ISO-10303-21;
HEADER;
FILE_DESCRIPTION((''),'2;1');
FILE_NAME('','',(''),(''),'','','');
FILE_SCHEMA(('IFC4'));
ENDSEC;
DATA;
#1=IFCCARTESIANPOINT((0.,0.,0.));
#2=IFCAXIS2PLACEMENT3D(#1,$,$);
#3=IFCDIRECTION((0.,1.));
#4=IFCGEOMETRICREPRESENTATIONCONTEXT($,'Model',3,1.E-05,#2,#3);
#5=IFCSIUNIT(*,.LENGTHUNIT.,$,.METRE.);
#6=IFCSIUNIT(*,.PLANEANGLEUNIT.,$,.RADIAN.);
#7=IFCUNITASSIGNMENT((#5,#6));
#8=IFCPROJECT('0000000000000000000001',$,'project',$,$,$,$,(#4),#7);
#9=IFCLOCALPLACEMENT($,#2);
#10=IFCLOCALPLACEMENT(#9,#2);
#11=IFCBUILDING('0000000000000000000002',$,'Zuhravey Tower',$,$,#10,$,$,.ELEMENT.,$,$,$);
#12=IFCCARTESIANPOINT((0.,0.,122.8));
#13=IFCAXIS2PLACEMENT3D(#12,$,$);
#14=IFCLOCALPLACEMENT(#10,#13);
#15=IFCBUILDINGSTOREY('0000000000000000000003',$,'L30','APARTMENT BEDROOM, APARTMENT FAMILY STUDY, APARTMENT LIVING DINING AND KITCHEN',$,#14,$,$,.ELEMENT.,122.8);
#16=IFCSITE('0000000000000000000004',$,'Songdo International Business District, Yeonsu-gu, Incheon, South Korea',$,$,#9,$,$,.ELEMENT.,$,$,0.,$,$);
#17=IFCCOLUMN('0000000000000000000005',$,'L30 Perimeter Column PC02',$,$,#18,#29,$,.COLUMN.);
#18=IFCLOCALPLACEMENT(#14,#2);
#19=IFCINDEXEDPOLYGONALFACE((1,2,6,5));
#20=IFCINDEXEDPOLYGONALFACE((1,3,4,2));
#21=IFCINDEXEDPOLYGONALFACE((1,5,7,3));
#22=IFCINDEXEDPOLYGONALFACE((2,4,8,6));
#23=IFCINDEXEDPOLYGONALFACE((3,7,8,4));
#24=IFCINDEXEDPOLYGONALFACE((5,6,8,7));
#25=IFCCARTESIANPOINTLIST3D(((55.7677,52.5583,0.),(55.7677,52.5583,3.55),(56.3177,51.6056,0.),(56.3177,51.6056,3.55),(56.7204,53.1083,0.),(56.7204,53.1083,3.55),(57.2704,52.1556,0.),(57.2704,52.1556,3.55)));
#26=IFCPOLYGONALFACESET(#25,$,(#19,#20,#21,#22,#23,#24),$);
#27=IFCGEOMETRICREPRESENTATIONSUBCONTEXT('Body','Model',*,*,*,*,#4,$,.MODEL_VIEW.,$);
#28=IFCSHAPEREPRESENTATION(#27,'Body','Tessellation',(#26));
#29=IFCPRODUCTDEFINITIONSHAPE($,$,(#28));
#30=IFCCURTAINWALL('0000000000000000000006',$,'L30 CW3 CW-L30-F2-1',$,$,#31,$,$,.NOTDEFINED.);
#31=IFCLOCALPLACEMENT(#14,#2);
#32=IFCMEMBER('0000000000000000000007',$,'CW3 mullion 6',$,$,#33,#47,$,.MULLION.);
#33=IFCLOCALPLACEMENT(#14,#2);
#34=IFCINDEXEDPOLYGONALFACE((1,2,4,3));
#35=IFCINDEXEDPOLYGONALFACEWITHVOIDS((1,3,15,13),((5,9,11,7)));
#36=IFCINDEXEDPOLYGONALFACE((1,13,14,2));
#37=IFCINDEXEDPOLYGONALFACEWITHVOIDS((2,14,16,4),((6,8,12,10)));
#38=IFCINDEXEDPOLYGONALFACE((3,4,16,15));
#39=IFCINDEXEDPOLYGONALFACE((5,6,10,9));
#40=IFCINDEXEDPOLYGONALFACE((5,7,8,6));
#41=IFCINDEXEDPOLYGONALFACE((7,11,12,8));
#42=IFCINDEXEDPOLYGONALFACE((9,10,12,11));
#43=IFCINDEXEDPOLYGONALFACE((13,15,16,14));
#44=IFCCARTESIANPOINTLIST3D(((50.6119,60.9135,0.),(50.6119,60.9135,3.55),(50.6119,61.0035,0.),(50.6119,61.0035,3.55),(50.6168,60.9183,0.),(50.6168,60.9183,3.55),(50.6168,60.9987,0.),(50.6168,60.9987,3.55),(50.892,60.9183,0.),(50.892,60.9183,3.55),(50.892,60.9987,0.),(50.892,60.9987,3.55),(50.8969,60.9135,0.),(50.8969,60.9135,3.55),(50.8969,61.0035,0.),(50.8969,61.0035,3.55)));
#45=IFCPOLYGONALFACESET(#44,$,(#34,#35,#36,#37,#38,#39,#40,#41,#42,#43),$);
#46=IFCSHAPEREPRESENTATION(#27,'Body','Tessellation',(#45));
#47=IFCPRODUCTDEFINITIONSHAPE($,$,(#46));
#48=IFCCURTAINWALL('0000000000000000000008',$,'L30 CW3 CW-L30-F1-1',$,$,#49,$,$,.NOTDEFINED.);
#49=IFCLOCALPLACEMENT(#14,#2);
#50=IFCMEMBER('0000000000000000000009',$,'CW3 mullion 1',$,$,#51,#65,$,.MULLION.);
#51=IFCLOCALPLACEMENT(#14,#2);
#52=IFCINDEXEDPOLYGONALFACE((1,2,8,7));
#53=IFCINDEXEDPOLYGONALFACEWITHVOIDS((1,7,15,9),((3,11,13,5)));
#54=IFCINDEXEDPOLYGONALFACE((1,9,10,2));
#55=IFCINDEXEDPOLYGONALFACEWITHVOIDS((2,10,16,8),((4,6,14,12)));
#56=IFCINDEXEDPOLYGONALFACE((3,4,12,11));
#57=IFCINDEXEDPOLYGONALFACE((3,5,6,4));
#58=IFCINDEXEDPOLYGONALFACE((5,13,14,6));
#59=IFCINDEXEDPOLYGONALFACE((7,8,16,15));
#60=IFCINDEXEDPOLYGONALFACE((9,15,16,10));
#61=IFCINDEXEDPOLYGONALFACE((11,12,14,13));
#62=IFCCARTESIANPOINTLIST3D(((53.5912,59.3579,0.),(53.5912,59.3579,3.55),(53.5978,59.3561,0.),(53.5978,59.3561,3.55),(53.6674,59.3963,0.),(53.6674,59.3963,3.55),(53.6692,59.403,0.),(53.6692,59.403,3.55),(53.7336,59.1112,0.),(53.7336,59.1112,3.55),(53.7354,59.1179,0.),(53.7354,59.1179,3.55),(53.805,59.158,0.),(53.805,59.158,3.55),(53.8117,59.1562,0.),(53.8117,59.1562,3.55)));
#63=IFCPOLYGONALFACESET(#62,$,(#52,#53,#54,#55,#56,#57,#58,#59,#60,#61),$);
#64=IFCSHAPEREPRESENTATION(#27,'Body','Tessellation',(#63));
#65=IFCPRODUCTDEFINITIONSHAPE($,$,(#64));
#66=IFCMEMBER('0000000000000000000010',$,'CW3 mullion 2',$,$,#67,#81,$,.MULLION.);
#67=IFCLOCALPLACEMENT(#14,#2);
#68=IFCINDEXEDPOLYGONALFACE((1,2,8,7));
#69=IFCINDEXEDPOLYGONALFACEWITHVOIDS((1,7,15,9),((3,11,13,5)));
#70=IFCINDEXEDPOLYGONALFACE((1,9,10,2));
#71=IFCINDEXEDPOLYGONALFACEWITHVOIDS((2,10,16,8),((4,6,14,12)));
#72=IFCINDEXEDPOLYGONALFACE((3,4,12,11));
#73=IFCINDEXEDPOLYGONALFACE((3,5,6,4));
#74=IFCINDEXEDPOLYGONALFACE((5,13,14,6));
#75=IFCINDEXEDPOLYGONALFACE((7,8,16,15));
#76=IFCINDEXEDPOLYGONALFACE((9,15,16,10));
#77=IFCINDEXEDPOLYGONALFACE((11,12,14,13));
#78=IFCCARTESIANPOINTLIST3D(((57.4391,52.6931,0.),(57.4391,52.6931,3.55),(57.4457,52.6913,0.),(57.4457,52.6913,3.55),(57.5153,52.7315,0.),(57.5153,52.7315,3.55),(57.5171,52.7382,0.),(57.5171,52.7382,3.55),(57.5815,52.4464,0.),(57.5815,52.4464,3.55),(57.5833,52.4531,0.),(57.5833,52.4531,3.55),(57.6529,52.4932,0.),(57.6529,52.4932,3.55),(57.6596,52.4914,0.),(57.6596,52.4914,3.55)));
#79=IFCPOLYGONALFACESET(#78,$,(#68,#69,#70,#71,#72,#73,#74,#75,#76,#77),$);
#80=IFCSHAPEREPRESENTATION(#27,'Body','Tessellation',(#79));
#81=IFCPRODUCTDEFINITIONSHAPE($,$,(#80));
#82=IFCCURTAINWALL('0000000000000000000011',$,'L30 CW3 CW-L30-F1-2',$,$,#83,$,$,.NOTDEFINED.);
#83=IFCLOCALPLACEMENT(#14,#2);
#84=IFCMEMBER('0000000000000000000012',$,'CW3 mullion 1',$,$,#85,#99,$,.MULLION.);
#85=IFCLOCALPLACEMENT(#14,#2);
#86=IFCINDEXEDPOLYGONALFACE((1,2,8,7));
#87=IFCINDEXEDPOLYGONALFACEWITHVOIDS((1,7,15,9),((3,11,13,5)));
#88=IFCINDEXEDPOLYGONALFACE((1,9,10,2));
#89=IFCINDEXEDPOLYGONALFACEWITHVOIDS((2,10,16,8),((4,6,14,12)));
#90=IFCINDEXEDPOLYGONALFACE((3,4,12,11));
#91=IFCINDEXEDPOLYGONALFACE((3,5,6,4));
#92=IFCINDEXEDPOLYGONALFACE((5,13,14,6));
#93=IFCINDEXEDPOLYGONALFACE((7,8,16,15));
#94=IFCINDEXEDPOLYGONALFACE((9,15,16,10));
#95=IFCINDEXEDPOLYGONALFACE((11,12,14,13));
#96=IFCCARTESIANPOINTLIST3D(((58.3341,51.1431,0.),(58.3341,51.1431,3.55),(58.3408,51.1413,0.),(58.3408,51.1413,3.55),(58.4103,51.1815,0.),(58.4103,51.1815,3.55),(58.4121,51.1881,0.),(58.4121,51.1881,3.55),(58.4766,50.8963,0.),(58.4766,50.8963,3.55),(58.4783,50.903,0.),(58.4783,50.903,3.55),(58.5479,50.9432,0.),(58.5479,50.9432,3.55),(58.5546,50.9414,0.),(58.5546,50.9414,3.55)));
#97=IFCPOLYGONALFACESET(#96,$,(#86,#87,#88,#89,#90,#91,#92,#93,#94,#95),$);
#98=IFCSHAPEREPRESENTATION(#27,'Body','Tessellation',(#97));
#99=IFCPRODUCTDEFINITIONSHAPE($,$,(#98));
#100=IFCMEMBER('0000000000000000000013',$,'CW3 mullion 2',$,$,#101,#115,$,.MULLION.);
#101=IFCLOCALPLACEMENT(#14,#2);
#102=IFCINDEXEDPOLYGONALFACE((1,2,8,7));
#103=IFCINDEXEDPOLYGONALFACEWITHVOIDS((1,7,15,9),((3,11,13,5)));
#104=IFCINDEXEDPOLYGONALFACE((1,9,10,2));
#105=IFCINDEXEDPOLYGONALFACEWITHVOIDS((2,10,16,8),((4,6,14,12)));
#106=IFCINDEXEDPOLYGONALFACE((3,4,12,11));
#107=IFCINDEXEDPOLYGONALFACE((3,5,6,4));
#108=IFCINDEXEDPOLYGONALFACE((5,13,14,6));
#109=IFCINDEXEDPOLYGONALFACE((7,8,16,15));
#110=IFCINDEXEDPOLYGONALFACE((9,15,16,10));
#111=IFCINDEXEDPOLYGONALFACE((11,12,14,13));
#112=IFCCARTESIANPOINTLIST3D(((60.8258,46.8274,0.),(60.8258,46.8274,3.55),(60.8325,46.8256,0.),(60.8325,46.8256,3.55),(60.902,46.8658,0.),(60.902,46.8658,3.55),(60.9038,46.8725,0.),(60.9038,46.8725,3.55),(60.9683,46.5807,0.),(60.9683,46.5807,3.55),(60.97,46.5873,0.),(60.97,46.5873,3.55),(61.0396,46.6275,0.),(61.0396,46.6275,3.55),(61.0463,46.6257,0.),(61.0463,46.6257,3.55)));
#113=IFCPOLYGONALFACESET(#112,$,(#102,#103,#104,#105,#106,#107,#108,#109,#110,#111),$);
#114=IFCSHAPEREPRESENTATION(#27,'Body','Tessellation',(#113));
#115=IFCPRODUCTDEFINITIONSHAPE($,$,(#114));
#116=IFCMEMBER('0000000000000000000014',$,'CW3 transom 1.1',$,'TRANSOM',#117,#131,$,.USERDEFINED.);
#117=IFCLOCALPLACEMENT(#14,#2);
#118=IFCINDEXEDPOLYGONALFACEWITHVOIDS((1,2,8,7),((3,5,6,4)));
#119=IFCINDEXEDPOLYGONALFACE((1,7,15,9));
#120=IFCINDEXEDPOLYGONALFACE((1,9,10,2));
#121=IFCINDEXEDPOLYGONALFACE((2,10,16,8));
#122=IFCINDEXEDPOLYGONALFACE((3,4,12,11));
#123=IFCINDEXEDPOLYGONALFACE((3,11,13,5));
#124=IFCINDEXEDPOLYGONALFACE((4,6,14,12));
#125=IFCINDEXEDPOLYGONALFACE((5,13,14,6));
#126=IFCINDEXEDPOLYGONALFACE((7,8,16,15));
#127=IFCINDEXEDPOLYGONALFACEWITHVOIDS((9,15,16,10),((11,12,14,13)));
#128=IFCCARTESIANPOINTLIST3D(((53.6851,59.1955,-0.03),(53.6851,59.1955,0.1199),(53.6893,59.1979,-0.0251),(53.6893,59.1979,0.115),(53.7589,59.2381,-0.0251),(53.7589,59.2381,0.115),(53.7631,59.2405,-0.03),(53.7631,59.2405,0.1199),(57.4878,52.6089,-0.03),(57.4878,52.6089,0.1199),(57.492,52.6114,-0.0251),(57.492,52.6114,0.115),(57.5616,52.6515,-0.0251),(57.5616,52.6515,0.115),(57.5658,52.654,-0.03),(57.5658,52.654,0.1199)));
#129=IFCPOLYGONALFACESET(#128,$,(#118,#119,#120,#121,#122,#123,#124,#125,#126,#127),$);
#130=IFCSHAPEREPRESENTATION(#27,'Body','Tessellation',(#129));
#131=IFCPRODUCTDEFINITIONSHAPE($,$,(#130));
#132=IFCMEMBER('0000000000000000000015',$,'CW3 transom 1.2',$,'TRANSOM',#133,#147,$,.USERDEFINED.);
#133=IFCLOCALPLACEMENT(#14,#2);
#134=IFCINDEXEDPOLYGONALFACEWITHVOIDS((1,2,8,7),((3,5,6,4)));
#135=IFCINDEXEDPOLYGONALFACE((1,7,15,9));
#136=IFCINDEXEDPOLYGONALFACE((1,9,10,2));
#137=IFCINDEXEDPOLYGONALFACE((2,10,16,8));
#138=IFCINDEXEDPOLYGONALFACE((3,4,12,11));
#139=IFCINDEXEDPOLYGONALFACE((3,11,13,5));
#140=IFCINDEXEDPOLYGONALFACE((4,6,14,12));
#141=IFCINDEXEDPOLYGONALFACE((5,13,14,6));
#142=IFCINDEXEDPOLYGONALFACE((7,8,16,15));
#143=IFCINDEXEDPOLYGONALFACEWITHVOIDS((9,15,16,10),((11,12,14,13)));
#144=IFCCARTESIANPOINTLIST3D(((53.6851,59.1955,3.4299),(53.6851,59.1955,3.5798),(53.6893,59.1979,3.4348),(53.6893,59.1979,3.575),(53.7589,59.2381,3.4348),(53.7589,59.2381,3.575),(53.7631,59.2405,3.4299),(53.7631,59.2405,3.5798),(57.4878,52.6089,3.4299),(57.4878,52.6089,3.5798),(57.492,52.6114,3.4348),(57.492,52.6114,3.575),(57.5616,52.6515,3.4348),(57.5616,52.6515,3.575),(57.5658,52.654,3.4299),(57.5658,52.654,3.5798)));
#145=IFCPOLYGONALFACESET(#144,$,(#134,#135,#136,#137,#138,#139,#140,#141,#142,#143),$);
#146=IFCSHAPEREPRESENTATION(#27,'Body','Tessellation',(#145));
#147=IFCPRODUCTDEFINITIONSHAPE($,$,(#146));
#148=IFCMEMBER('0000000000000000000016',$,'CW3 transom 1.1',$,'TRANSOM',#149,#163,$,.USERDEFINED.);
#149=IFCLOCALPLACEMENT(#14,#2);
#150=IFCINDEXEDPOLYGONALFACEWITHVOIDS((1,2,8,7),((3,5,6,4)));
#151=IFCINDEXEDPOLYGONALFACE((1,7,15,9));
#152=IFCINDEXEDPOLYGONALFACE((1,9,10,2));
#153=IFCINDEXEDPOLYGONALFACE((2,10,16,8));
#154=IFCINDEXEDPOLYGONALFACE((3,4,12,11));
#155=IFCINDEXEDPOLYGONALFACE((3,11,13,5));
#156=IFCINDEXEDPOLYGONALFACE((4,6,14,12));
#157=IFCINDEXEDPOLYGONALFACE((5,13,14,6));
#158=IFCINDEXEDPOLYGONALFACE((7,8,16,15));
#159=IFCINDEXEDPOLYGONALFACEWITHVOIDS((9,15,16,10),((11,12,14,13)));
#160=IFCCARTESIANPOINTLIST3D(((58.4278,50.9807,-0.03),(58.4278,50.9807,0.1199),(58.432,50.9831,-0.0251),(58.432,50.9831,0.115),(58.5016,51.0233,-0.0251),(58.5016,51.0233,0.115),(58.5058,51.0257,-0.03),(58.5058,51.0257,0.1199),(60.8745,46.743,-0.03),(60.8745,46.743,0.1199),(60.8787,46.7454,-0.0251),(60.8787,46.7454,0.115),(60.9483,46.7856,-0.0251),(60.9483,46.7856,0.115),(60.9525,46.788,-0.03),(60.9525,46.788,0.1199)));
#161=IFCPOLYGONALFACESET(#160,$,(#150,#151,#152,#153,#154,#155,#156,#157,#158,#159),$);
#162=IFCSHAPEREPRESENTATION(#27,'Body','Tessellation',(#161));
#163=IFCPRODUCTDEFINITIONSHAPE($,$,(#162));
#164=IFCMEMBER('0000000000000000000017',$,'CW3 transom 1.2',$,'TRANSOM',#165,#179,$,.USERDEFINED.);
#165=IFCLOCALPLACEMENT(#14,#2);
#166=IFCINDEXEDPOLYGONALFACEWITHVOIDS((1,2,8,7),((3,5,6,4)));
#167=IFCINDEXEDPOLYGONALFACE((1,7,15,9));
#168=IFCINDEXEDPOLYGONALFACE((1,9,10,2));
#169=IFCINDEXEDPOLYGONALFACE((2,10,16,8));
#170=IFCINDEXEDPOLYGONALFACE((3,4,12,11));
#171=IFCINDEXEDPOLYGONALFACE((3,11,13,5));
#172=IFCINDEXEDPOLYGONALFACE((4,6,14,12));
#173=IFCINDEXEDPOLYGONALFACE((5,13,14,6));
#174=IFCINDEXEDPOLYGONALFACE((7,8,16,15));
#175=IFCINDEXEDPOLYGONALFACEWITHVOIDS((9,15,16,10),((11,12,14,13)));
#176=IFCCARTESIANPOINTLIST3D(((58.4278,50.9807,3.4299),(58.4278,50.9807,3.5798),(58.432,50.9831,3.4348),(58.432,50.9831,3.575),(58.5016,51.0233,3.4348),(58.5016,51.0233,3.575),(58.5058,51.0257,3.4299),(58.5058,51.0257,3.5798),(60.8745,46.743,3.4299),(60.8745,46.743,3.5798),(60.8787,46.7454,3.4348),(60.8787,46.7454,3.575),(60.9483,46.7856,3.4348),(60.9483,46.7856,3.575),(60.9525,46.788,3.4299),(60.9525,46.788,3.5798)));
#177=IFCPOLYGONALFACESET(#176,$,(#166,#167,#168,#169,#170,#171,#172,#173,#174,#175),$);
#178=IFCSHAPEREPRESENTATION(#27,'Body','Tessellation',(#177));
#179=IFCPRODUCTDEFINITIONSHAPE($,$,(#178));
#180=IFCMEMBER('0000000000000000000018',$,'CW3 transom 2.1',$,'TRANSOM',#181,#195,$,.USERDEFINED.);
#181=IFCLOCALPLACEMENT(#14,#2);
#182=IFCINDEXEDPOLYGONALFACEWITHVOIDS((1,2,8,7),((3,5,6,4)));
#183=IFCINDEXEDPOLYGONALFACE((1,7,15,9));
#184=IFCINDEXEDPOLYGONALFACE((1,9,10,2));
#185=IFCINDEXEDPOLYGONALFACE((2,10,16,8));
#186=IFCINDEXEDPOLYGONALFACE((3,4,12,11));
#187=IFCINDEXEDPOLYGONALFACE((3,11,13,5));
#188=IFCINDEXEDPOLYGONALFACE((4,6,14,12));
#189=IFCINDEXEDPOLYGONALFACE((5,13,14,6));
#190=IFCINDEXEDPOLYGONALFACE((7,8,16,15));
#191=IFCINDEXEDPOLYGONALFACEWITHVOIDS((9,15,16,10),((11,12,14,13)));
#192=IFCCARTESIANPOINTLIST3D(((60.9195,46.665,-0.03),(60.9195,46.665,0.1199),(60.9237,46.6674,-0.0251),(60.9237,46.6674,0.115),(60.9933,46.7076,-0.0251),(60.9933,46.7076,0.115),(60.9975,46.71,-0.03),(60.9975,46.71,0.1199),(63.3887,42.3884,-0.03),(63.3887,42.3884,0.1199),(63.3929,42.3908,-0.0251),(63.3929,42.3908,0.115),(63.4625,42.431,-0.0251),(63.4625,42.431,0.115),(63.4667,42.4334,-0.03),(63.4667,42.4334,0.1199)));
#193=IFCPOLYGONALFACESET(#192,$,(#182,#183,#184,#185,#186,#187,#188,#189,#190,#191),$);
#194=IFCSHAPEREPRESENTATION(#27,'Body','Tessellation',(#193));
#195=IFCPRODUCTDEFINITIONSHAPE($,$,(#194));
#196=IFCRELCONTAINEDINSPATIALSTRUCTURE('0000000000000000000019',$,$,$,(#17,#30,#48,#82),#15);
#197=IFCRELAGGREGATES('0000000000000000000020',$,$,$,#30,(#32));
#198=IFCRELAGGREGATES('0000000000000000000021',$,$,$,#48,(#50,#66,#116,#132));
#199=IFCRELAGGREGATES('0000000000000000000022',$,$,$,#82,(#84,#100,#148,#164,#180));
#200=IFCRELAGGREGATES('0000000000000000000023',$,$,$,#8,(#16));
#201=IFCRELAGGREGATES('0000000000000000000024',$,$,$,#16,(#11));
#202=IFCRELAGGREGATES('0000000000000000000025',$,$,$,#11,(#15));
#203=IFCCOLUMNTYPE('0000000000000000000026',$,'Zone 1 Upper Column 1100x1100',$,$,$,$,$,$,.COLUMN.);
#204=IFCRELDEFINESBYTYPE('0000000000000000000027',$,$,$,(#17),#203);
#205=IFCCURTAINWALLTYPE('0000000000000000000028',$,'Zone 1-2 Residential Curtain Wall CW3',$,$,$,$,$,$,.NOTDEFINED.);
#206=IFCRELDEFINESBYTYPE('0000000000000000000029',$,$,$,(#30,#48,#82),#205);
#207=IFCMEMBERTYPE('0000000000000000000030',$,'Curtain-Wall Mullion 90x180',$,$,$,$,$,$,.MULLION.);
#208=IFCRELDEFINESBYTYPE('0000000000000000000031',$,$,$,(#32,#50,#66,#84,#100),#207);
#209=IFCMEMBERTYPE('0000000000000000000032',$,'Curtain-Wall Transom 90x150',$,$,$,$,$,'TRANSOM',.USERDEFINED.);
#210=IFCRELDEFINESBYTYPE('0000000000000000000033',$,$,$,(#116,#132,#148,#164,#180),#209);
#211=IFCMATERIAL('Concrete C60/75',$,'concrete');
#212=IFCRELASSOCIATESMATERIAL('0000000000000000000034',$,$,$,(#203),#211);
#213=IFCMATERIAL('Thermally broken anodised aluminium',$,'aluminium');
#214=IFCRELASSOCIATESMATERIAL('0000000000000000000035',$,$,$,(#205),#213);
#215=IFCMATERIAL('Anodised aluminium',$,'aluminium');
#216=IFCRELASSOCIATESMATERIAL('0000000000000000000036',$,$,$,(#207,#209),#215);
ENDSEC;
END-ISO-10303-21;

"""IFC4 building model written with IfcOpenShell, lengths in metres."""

from ifc_helpers import new_model, si_unit, direction, frame, origin, origin_2d, place, context, subcontext, project, spatial, rectangle, hollow_rectangle, extrude, material, material_profile, profile_set, type_object, element, aggregate, save


model = new_model("IFC4")

# Units and contexts
model_context = context("Model", 3, precision=1e-05, world=origin(), true_north=direction((0.0, 1.0)))
body_context = subcontext(model_context, "Body", "Model", "MODEL_VIEW")
ifc_project = project(units=[si_unit("LENGTHUNIT", "METRE"), si_unit("PLANEANGLEUNIT", "RADIAN")], contexts=[model_context])

# Site, building, storey
site_placement = place(None, origin())
site = spatial("IfcSite", under=ifc_project, at=site_placement, Name="Songdo International Business District, Yeonsu-gu, Incheon, South Korea", CompositionType="ELEMENT", RefElevation=0.0)
building_placement = place(site_placement, origin())
building = spatial("IfcBuilding", under=site, at=building_placement, Name="Zuhravey Tower", CompositionType="ELEMENT")
storey_placement = place(building_placement, frame((0.0, 0.0, 122.8)))
storey = spatial("IfcBuildingStorey", under=building, at=storey_placement, Name="L30", Description="APARTMENT BEDROOM, APARTMENT FAMILY STUDY, APARTMENT LIVING DINING AND KITCHEN", CompositionType="ELEMENT", Elevation=122.8)

# Column
ifc_material_1 = material(Name="Concrete C60/75", Category="concrete")
ifc_material_profile_1 = material_profile(ifc_material_1, rectangle(XDim=1.1001, YDim=1.1001, at=origin_2d()), Name="RC-1100x1100")
ifc_profile_set_1 = profile_set([ifc_material_profile_1], Name="Concrete C60/75")
column_type = type_object("IfcColumnType", Name="Zone 1 Upper Column 1100x1100", PredefinedType="COLUMN", material=ifc_profile_set_1)
column_placement = place(storey_placement, frame((56.519, 52.3569, 0.0), z_axis=(0.0, 0.0, 1.0), x_axis=(-0.5, 0.866025, 0.0)))
element("IfcColumn", 1, at=column_placement, inside=storey, type_object=column_type, Name="L30 Perimeter Column PC02", PredefinedType="COLUMN", context=body_context, shape_type="SweptSolid", body=[
    extrude(rectangle(XDim=1.1001, YDim=1.1001, at=origin_2d()), origin(), (0.0, 0.0, 1.0), 3.55),
])

# Curtain wall, member
ifc_material_2 = material(Name="Thermally broken anodised aluminium", Category="aluminium")
curtain_wall_type = type_object("IfcCurtainWallType", Name="Zone 1-2 Residential Curtain Wall CW3", PredefinedType="NOTDEFINED", material=ifc_material_2)
curtain_wall_1_placement = place(storey_placement, origin())
curtain_wall_1 = element("IfcCurtainWall", 2, at=curtain_wall_1_placement, inside=storey, type_object=curtain_wall_type, Name="L30 CW3 CW-L30-F2-1", PredefinedType="NOTDEFINED")
ifc_material_3 = material(Name="Anodised aluminium", Category="aluminium")
ifc_material_profile_2 = material_profile(ifc_material_3, hollow_rectangle(XDim=0.0901, YDim=0.2849, WallThickness=0.0049, at=origin_2d()), Name="ALU-RHS-90x285x5")
ifc_profile_set_2 = profile_set([ifc_material_profile_2], Name="Anodised aluminium")
member_type_1 = type_object("IfcMemberType", Name="Curtain-Wall Mullion 90x180", PredefinedType="MULLION", material=ifc_profile_set_2)
member_1_placement = place(storey_placement, frame((50.7544, 60.9585, 0.0), z_axis=(0.0, 0.0, 1.0), x_axis=(0.0, 1.0, 0.0)))
member_1 = element("IfcMember", 3, at=member_1_placement, type_object=member_type_1, Name="CW3 mullion 6", PredefinedType="MULLION", context=body_context, shape_type="SweptSolid", body=[
    extrude(hollow_rectangle(XDim=0.0901, YDim=0.2849, WallThickness=0.0049, at=origin_2d()), origin(), (0.0, 0.0, 1.0), 3.55),
])
aggregate(curtain_wall_1, [member_1])

# Curtain walls, members
curtain_wall_2_placement = place(storey_placement, origin())
curtain_wall_2 = element("IfcCurtainWall", 4, at=curtain_wall_2_placement, inside=storey, type_object=curtain_wall_type, Name="L30 CW3 CW-L30-F1-1", PredefinedType="NOTDEFINED")
member_2_placement = place(storey_placement, frame((53.7014, 59.2571, 0.0), z_axis=(0.0, 0.0, 1.0), x_axis=(0.866025, 0.5, 0.0)))
member_2 = element("IfcMember", 5, at=member_2_placement, type_object=member_type_1, Name="CW3 mullion 1", PredefinedType="MULLION", context=body_context, shape_type="SweptSolid", body=[
    extrude(hollow_rectangle(XDim=0.0901, YDim=0.2849, WallThickness=0.0049, at=origin_2d()), origin(), (0.0, 0.0, 1.0), 3.55),
])
member_3_placement = place(storey_placement, frame((57.5493, 52.5923, 0.0), z_axis=(0.0, 0.0, 1.0), x_axis=(0.866025, 0.5, 0.0)))
member_3 = element("IfcMember", 6, at=member_3_placement, type_object=member_type_1, Name="CW3 mullion 2", PredefinedType="MULLION", context=body_context, shape_type="SweptSolid", body=[
    extrude(hollow_rectangle(XDim=0.0901, YDim=0.2849, WallThickness=0.0049, at=origin_2d()), origin(), (0.0, 0.0, 1.0), 3.55),
])
curtain_wall_3_placement = place(storey_placement, origin())
curtain_wall_3 = element("IfcCurtainWall", 7, at=curtain_wall_3_placement, inside=storey, type_object=curtain_wall_type, Name="L30 CW3 CW-L30-F1-2", PredefinedType="NOTDEFINED")
member_4_placement = place(storey_placement, frame((58.4443, 51.0422, 0.0), z_axis=(0.0, 0.0, 1.0), x_axis=(0.866026, 0.499999, 0.0)))
member_4 = element("IfcMember", 8, at=member_4_placement, type_object=member_type_1, Name="CW3 mullion 1", PredefinedType="MULLION", context=body_context, shape_type="SweptSolid", body=[
    extrude(hollow_rectangle(XDim=0.0901, YDim=0.2849, WallThickness=0.0049, at=origin_2d()), origin(), (0.0, 0.0, 1.0), 3.55),
])
member_5_placement = place(storey_placement, frame((60.936, 46.7266, 0.0), z_axis=(0.0, 0.0, 1.0), x_axis=(0.866026, 0.499999, 0.0)))
member_5 = element("IfcMember", 9, at=member_5_placement, type_object=member_type_1, Name="CW3 mullion 2", PredefinedType="MULLION", context=body_context, shape_type="SweptSolid", body=[
    extrude(hollow_rectangle(XDim=0.0901, YDim=0.2849, WallThickness=0.0049, at=origin_2d()), origin(), (0.0, 0.0, 1.0), 3.55),
])

# Members
ifc_material_profile_3 = material_profile(ifc_material_3, hollow_rectangle(XDim=0.0901, YDim=0.1499, WallThickness=0.0049, at=origin_2d()), Name="ALU-RHS-90x150x5")
ifc_profile_set_3 = profile_set([ifc_material_profile_3], Name="Anodised aluminium")
member_type_2 = type_object("IfcMemberType", Name="Curtain-Wall Transom 90x150", ElementType="TRANSOM", PredefinedType="USERDEFINED", material=ifc_profile_set_3)
member_6_placement = place(storey_placement, frame((53.7241, 59.218, 0.0449), z_axis=(0.499992, -0.86603, 0.0), x_axis=(0.86603, 0.499992, 0.0)))
member_6 = element("IfcMember", 10, at=member_6_placement, type_object=member_type_2, Name="CW3 transom 1.1", ObjectType="TRANSOM", PredefinedType="USERDEFINED", context=body_context, shape_type="SweptSolid", body=[
    extrude(hollow_rectangle(XDim=0.0901, YDim=0.1499, WallThickness=0.0049, at=origin_2d()), origin(), (0.0, 0.0, 1.0), 7.6055),
])
member_7_placement = place(storey_placement, frame((53.7241, 59.218, 3.5049), z_axis=(0.499992, -0.86603, 0.0), x_axis=(0.86603, 0.499992, 0.0)))
member_7 = element("IfcMember", 11, at=member_7_placement, type_object=member_type_2, Name="CW3 transom 1.2", ObjectType="TRANSOM", PredefinedType="USERDEFINED", context=body_context, shape_type="SweptSolid", body=[
    extrude(hollow_rectangle(XDim=0.0901, YDim=0.1499, WallThickness=0.0049, at=origin_2d()), origin(), (0.0, 0.0, 1.0), 7.6055),
])
member_8_placement = place(storey_placement, frame((58.4668, 51.0032, 0.0449), z_axis=(0.500013, -0.866018, 0.0), x_axis=(0.866018, 0.500013, 0.0)))
member_8 = element("IfcMember", 12, at=member_8_placement, type_object=member_type_2, Name="CW3 transom 1.1", ObjectType="TRANSOM", PredefinedType="USERDEFINED", context=body_context, shape_type="SweptSolid", body=[
    extrude(hollow_rectangle(XDim=0.0901, YDim=0.1499, WallThickness=0.0049, at=origin_2d()), origin(), (0.0, 0.0, 1.0), 4.8933),
])
member_9_placement = place(storey_placement, frame((58.4668, 51.0032, 3.5049), z_axis=(0.500013, -0.866018, 0.0), x_axis=(0.866018, 0.500013, 0.0)))
member_9 = element("IfcMember", 13, at=member_9_placement, type_object=member_type_2, Name="CW3 transom 1.2", ObjectType="TRANSOM", PredefinedType="USERDEFINED", context=body_context, shape_type="SweptSolid", body=[
    extrude(hollow_rectangle(XDim=0.0901, YDim=0.1499, WallThickness=0.0049, at=origin_2d()), origin(), (0.0, 0.0, 1.0), 4.8933),
])
member_10_placement = place(storey_placement, frame((60.9585, 46.6875, 0.0449), z_axis=(0.500021, -0.866014, 0.0), x_axis=(0.866014, 0.500021, 0.0)))
member_10 = element("IfcMember", 14, at=member_10_placement, type_object=member_type_2, Name="CW3 transom 2.1", ObjectType="TRANSOM", PredefinedType="USERDEFINED", context=body_context, shape_type="SweptSolid", body=[
    extrude(hollow_rectangle(XDim=0.0901, YDim=0.1499, WallThickness=0.0049, at=origin_2d()), origin(), (0.0, 0.0, 1.0), 4.9382),
])

aggregate(curtain_wall_2, [member_2, member_3, member_6, member_7])
aggregate(curtain_wall_3, [member_4, member_5, member_8, member_9, member_10])

save(model, "model.ifc")
